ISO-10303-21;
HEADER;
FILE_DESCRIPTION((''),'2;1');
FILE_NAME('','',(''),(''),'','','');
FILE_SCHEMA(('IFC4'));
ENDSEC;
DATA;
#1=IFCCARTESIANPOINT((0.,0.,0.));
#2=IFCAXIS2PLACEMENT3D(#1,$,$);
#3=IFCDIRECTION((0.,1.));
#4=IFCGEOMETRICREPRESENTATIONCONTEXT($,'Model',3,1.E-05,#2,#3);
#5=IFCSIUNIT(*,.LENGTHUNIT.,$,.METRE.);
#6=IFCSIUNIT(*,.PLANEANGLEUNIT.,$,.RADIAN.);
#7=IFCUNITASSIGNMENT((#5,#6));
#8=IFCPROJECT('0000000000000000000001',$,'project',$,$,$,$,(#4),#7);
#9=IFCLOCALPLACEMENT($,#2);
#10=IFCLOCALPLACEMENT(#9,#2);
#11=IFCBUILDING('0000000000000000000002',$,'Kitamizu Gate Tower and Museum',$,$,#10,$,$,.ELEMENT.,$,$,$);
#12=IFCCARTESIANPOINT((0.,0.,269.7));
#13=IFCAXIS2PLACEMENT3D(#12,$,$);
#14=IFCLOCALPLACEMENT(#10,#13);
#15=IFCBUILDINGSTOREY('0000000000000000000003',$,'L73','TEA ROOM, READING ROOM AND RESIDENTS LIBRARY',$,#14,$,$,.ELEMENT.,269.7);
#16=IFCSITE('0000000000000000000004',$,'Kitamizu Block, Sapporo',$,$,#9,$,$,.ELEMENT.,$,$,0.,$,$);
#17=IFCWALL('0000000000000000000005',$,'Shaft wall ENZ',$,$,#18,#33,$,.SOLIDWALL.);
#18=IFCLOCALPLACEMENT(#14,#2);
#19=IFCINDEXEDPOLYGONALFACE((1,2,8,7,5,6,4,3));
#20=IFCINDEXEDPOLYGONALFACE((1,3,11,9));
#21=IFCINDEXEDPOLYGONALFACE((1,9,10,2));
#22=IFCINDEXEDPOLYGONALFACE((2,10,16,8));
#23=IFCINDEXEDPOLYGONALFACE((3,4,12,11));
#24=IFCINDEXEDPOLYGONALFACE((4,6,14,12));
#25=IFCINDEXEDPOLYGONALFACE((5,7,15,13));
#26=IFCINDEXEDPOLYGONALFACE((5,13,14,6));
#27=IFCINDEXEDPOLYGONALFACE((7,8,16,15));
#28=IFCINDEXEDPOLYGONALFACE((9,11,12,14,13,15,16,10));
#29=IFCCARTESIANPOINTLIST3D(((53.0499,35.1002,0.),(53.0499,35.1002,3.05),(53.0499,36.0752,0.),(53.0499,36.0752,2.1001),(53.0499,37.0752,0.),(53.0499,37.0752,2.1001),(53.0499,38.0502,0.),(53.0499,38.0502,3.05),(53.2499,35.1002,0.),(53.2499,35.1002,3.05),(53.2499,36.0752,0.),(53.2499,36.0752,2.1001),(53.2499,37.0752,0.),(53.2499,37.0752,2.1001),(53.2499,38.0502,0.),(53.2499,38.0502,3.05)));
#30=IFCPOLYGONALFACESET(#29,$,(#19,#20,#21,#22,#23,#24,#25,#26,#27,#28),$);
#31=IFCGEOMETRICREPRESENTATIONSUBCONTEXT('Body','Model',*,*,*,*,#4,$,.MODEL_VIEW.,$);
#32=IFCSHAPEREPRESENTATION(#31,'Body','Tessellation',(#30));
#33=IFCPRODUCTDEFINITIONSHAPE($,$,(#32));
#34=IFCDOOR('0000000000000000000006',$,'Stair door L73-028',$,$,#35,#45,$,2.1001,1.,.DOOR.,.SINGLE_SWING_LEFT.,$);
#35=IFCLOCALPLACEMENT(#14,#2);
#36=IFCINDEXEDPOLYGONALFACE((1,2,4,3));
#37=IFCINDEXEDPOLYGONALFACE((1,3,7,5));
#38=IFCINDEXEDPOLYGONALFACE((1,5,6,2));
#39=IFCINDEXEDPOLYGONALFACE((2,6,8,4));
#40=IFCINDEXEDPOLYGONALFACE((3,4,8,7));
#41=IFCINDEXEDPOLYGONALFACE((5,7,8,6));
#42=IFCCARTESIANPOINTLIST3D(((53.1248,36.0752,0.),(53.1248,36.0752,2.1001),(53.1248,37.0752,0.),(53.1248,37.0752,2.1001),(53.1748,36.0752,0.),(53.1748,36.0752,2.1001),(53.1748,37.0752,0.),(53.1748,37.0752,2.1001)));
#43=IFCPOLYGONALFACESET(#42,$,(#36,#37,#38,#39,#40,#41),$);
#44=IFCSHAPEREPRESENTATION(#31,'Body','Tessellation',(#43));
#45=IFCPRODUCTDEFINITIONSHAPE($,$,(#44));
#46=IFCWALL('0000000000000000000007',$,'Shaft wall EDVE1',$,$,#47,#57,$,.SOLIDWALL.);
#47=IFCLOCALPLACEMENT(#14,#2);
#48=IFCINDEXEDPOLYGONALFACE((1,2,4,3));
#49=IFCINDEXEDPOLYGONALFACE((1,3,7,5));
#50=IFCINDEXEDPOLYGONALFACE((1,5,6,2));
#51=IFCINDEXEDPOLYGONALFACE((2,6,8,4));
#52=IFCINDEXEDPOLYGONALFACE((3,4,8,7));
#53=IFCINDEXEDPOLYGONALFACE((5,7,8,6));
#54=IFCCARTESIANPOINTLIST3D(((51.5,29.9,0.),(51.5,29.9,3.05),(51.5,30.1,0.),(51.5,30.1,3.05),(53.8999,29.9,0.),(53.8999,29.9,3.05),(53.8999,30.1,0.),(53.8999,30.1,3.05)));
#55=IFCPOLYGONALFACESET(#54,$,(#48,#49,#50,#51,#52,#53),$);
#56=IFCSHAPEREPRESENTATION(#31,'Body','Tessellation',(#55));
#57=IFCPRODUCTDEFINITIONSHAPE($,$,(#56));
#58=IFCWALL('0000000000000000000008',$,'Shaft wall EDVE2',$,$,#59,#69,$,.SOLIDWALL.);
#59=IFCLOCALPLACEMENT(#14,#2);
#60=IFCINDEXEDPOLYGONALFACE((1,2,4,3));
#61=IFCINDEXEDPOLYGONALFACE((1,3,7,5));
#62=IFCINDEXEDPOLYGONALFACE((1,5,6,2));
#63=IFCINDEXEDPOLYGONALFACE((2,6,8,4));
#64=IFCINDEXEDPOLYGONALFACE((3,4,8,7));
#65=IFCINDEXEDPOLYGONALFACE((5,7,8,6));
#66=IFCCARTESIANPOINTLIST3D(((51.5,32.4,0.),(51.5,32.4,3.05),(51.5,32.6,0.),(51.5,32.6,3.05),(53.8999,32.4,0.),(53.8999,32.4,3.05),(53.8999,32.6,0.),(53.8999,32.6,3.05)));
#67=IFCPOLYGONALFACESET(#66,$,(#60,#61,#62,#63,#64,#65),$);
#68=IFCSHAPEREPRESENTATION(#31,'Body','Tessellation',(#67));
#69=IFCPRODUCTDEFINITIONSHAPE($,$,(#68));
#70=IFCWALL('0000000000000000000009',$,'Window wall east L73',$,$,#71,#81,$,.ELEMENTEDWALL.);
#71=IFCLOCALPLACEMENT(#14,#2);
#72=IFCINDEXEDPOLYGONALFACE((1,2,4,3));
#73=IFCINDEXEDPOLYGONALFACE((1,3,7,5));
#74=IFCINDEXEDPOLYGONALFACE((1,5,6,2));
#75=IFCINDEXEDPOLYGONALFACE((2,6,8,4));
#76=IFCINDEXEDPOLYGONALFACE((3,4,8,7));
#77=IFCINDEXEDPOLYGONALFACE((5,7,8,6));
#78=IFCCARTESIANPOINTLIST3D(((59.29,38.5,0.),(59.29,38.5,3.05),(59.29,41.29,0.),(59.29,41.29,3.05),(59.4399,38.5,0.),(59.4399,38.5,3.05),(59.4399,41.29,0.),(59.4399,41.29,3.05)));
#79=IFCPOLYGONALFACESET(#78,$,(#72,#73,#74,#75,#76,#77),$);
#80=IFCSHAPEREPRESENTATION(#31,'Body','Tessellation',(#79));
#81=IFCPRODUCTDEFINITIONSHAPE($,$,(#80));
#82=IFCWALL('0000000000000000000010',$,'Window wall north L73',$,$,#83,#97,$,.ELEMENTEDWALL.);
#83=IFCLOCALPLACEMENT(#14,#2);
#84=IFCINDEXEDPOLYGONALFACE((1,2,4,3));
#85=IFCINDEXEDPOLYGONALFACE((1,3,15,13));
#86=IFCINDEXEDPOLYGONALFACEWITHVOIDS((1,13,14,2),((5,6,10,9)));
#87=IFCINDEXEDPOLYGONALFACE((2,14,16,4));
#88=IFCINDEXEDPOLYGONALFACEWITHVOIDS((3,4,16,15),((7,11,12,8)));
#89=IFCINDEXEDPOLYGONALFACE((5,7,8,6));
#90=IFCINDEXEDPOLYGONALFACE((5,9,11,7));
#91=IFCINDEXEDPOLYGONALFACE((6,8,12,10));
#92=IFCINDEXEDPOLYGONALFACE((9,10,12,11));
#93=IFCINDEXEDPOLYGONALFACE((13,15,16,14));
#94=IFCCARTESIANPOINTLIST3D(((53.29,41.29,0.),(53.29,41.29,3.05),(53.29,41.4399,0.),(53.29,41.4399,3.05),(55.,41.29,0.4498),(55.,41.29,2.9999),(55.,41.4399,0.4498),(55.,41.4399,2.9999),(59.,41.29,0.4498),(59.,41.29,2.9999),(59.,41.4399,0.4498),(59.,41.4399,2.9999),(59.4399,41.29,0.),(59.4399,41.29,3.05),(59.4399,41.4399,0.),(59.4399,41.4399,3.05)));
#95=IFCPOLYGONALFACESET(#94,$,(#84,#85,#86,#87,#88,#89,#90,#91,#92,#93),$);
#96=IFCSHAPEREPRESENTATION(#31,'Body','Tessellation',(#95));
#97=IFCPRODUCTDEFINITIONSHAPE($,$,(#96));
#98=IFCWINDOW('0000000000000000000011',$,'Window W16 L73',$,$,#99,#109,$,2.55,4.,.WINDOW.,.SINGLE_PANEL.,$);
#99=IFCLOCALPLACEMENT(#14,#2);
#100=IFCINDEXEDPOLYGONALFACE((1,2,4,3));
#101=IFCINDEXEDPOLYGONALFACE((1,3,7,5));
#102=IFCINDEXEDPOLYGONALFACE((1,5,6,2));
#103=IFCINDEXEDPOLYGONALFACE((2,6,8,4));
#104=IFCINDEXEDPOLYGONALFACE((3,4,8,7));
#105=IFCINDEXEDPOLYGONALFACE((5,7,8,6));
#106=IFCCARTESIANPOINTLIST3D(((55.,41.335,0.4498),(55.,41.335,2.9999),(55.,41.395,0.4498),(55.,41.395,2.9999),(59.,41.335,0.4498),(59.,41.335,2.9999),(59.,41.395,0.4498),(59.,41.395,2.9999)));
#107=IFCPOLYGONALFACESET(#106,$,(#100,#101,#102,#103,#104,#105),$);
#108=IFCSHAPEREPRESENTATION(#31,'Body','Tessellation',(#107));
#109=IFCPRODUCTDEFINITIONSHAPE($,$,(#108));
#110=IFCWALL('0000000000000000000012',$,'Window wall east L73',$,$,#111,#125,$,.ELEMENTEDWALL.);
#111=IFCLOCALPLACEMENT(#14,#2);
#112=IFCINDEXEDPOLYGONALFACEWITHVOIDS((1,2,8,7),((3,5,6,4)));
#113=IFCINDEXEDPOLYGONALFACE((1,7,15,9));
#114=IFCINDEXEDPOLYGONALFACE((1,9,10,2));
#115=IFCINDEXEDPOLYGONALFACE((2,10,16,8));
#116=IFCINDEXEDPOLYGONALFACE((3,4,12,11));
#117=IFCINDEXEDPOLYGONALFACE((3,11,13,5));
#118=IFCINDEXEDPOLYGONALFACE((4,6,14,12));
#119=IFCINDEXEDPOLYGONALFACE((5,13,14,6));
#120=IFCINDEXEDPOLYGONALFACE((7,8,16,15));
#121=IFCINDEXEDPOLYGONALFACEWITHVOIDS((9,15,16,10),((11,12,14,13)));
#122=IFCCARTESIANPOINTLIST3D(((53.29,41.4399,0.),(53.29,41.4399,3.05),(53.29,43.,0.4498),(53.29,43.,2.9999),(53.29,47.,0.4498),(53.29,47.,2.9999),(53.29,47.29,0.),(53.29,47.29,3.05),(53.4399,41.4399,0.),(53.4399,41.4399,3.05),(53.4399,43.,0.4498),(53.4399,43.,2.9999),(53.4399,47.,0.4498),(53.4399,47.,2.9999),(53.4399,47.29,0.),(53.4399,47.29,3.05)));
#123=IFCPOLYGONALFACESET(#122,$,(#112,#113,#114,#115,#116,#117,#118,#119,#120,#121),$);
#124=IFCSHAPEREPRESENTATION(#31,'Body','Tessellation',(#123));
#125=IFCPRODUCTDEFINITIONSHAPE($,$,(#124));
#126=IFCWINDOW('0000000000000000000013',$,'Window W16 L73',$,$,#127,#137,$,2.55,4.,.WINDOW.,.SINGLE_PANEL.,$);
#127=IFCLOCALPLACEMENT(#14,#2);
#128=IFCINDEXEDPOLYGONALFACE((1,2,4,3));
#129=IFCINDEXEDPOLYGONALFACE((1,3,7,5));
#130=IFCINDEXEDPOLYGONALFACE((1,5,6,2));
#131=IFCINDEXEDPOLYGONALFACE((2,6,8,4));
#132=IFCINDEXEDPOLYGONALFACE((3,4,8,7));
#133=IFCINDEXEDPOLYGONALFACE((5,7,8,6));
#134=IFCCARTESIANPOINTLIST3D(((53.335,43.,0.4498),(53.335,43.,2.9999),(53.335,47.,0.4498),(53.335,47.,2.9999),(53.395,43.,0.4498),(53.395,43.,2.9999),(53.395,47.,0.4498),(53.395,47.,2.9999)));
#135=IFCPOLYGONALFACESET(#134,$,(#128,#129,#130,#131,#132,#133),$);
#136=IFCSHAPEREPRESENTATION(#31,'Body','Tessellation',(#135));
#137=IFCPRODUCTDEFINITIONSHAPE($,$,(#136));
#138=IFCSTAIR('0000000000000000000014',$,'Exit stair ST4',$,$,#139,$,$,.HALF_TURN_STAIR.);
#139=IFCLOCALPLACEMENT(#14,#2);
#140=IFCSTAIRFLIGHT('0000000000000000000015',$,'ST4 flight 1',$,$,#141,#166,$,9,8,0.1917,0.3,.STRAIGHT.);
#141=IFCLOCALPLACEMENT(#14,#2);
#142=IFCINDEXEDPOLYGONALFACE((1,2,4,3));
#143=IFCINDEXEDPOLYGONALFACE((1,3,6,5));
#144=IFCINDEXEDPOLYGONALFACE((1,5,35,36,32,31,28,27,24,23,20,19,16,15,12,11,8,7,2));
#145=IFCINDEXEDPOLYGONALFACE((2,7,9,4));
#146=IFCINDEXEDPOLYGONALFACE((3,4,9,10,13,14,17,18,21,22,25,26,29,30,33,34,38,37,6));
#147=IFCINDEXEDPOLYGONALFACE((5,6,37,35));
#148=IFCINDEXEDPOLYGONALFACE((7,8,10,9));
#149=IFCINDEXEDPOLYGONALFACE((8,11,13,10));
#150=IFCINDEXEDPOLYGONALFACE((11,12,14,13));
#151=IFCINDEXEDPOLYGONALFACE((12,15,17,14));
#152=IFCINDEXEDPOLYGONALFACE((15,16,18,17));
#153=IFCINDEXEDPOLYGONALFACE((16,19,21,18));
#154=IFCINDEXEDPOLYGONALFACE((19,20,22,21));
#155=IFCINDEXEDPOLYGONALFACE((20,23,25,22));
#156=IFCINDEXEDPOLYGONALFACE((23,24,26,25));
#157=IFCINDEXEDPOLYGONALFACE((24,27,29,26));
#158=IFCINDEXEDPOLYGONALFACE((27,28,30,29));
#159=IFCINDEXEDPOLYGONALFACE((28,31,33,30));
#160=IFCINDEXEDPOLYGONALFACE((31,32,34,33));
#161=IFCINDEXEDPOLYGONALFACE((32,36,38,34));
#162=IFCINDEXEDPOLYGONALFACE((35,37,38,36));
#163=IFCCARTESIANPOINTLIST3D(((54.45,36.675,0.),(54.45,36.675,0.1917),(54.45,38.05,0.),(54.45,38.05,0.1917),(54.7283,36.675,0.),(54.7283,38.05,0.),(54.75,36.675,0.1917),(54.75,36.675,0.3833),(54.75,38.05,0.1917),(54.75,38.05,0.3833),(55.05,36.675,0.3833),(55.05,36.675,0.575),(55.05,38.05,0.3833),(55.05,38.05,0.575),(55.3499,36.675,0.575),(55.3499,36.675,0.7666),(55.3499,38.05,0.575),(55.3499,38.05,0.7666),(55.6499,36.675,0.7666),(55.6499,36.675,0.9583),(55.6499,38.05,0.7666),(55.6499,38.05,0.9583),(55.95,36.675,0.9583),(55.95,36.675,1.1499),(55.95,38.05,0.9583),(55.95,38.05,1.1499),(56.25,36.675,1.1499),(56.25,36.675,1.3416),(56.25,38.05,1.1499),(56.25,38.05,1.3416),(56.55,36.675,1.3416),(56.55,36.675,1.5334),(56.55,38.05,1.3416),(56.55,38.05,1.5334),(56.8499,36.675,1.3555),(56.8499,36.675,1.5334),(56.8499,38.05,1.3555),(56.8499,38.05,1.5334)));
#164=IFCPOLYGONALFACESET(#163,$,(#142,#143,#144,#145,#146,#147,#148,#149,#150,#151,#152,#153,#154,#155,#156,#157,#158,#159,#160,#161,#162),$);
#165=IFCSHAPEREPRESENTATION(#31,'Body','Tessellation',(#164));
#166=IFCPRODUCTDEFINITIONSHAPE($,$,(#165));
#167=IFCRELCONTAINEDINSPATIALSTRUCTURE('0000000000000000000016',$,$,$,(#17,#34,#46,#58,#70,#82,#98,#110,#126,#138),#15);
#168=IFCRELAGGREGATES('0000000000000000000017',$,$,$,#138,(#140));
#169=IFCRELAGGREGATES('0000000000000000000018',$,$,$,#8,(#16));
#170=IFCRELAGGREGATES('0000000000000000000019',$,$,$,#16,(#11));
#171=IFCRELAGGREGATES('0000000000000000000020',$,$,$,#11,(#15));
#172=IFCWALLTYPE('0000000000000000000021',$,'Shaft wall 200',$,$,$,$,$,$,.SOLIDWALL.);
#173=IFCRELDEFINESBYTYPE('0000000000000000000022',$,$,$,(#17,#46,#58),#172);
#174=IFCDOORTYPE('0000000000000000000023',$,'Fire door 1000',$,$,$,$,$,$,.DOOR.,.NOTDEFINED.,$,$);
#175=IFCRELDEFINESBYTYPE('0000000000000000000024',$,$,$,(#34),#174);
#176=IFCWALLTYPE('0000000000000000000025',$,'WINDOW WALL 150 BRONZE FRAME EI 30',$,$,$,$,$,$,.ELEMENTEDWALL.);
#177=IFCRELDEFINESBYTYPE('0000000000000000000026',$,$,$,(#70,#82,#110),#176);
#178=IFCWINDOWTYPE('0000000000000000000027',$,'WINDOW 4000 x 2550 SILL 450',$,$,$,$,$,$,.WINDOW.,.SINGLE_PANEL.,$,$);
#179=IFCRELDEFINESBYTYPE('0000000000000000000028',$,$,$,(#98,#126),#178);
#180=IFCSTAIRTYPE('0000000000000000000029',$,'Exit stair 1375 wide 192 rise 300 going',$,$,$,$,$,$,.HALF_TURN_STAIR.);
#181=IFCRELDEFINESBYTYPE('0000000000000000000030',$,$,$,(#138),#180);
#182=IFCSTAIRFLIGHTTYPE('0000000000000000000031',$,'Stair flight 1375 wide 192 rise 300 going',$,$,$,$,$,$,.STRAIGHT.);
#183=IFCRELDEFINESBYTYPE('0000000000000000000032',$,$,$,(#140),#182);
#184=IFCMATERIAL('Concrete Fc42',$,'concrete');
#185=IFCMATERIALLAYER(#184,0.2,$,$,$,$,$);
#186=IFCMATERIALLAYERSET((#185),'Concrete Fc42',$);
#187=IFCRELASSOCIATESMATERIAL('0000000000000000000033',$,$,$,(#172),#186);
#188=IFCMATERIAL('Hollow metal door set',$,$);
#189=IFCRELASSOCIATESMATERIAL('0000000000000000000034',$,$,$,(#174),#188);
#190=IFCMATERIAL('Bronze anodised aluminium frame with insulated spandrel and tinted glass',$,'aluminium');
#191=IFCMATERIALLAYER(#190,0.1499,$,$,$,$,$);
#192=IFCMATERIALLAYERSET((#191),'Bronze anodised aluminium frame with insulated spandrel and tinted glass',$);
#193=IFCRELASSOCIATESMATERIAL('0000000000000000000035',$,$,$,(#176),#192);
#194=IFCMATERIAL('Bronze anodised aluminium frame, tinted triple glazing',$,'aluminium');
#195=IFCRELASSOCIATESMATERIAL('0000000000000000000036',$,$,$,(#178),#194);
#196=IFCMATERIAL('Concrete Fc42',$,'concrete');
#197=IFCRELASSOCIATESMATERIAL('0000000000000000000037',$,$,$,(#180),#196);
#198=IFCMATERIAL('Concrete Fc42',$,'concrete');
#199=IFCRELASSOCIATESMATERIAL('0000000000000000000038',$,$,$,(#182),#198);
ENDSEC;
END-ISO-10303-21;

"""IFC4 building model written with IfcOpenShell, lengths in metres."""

from ifc_helpers import new_model, si_unit, direction, frame, frame_2d, origin, place, context, subcontext, project, spatial, polyline, rectangle, outline, extrude, material, layer, layer_set, type_object, element, fill, aggregate, save


model = new_model("IFC4")

# Units and contexts
model_context = context("Model", 3, precision=1e-05, world=origin(), true_north=direction((0.0, 1.0)))
body_context = subcontext(model_context, "Body", "Model", "MODEL_VIEW")
ifc_project = project(units=[si_unit("LENGTHUNIT", "METRE"), si_unit("PLANEANGLEUNIT", "RADIAN")], contexts=[model_context])

# Site, building, storey
site_placement = place(None, origin())
site = spatial("IfcSite", under=ifc_project, at=site_placement, Name="Kitamizu Block, Sapporo", CompositionType="ELEMENT", RefElevation=0.0)
building_placement = place(site_placement, origin())
building = spatial("IfcBuilding", under=site, at=building_placement, Name="Kitamizu Gate Tower and Museum", CompositionType="ELEMENT")
storey_placement = place(building_placement, frame((0.0, 0.0, 269.7)))
storey = spatial("IfcBuildingStorey", under=building, at=storey_placement, Name="L73", Description="TEA ROOM, READING ROOM AND RESIDENTS LIBRARY", CompositionType="ELEMENT", Elevation=269.7)

# Shared definitions
ifc_material_1 = material(Name="Concrete Fc42", Category="concrete")
ifc_layer_1 = layer(ifc_material_1, 0.2)
ifc_layer_set_1 = layer_set([ifc_layer_1], Name="Concrete Fc42")
wall_type_1 = type_object("IfcWallType", Name="Shaft wall 200", PredefinedType="SOLIDWALL", material=ifc_layer_set_1)

# Wall, opening, door
wall_1_placement = place(storey_placement, frame((53.1499, 35.1001, 0.0), z_axis=(0.0, 0.0, 1.0), x_axis=(0.0, 1.0, 0.0)))
wall_1 = element("IfcWall", 1, at=wall_1_placement, inside=storey, type_object=wall_type_1, Name="Shaft wall ENZ", PredefinedType="SOLIDWALL", context=body_context, shape_type="SweptSolid", body=[
    extrude(rectangle(XDim=2.95, YDim=0.2, at=frame_2d((1.4751, 0.0))), origin(), (0.0, 0.0, 1.0), 3.05),
])
opening_1_placement = place(wall_1_placement, frame((0.9751, 0.0, 0.0)))
opening_1 = element("IfcOpeningElement", 2, at=opening_1_placement, cuts=wall_1, PredefinedType="OPENING", context=body_context, shape_type="SweptSolid", body=[
    extrude(rectangle(XDim=1.0, YDim=2.1001, at=frame_2d((0.5, 1.05))), frame((0.0, 0.1099, 0.0), z_axis=(0.0, -1.0, 0.0), x_axis=(1.0, 0.0, 0.0)), (0.0, 0.0, 1.0), 0.22),
])
ifc_material_2 = material(Name="Hollow metal door set")
door_type_1 = type_object("IfcDoorType", Name="Fire door 1000", OperationType="NOTDEFINED", PredefinedType="DOOR", material=ifc_material_2)
door_1_placement = place(opening_1_placement, frame((1.0, 0.0, 0.0), x_axis=(-1.0, 0.0, 0.0)))
door_1 = element("IfcDoor", 3, at=door_1_placement, inside=storey, type_object=door_type_1, Name="Stair door L73-028", OperationType="SINGLE_SWING_LEFT", OverallHeight=2.1001, OverallWidth=1.0, PredefinedType="DOOR", context=body_context, shape_type="SweptSolid", body=[
    extrude(rectangle(XDim=1.0, YDim=2.1001, at=frame_2d((0.5, 1.05))), frame((0.0, 0.0249, 0.0), z_axis=(0.0, -1.0, 0.0), x_axis=(1.0, 0.0, 0.0)), (0.0, 0.0, 1.0), 0.05),
])
fill(opening_1, door_1)

# Walls
for number, where, z_axis, x_axis, name in (
    (4, (53.8999, 30.0, 0.0), (0.0, 0.0, 1.0), (-1.0, 0.0, 0.0), "Shaft wall EDVE1"),
    (5, (53.8999, 32.5, 0.0), (0.0, 0.0, 1.0), (-1.0, 0.0, 0.0), "Shaft wall EDVE2"),
):
    element("IfcWall", number, at=place(storey_placement, frame(where, z_axis=z_axis, x_axis=x_axis)), inside=storey, type_object=wall_type_1, Name=name, PredefinedType="SOLIDWALL", context=body_context, shape_type="SweptSolid", body=[
        extrude(rectangle(XDim=2.3999, YDim=0.2, at=frame_2d((1.2, 0.0))), origin(), (0.0, 0.0, 1.0), 3.05),
    ])
ifc_material_3 = material(Name="Bronze anodised aluminium frame with insulated spandrel and tinted glass", Category="aluminium")
ifc_layer_2 = layer(ifc_material_3, 0.1499)
ifc_layer_set_2 = layer_set([ifc_layer_2], Name="Bronze anodised aluminium frame with insulated spandrel and tinted glass")
wall_type_2 = type_object("IfcWallType", Name="WINDOW WALL 150 BRONZE FRAME EI 30", PredefinedType="ELEMENTEDWALL", material=ifc_layer_set_2)
wall_2_placement = place(storey_placement, frame((59.365, 38.5, 0.0), z_axis=(0.0, 0.0, 1.0), x_axis=(0.0, 1.0, 0.0)))
element("IfcWall", 6, at=wall_2_placement, inside=storey, type_object=wall_type_2, Name="Window wall east L73", PredefinedType="ELEMENTEDWALL", context=body_context, shape_type="SweptSolid", body=[
    extrude(rectangle(XDim=2.79, YDim=0.1499, at=frame_2d((1.395, 0.0))), origin(), (0.0, 0.0, 1.0), 3.05),
])

# Walls, openings, windows
wall_3_placement = place(storey_placement, frame((53.29, 41.365, 0.0), z_axis=(0.0, 0.0, 1.0), x_axis=(1.0, 0.0, 0.0)))
wall_3 = element("IfcWall", 7, at=wall_3_placement, inside=storey, type_object=wall_type_2, Name="Window wall north L73", PredefinedType="ELEMENTEDWALL", context=body_context, shape_type="SweptSolid", body=[
    extrude(rectangle(XDim=6.1499, YDim=0.1499, at=frame_2d((3.075, 0.0))), origin(), (0.0, 0.0, 1.0), 3.05),
])
opening_2_placement = place(wall_3_placement, frame((1.71, 0.0, 0.45)))
opening_2 = element("IfcOpeningElement", 8, at=opening_2_placement, cuts=wall_3, PredefinedType="OPENING", context=body_context, shape_type="SweptSolid", body=[
    extrude(rectangle(XDim=4.0, YDim=2.55, at=frame_2d((2.0, 1.2749))), frame((0.0, 0.085, 0.0), z_axis=(0.0, -1.0, 0.0), x_axis=(1.0, 0.0, 0.0)), (0.0, 0.0, 1.0), 0.1699),
])
ifc_material_4 = material(Name="Bronze anodised aluminium frame, tinted triple glazing", Category="aluminium")
window_type = type_object("IfcWindowType", Name="WINDOW 4000 x 2550 SILL 450", PartitioningType="SINGLE_PANEL", PredefinedType="WINDOW", material=ifc_material_4)
window_1_placement = place(opening_2_placement, origin())
window_1 = element("IfcWindow", 9, at=window_1_placement, inside=storey, type_object=window_type, Name="Window W16 L73", OverallHeight=2.55, OverallWidth=4.0, PartitioningType="SINGLE_PANEL", PredefinedType="WINDOW", context=body_context, shape_type="SweptSolid", body=[
    extrude(rectangle(XDim=4.0, YDim=2.55, at=frame_2d((2.0, 1.2749))), frame((0.0, 0.03, 0.0), z_axis=(0.0, -1.0, 0.0), x_axis=(1.0, 0.0, 0.0)), (0.0, 0.0, 1.0), 0.0601),
])
fill(opening_2, window_1)
wall_4_placement = place(storey_placement, frame((53.365, 41.4399, 0.0), z_axis=(0.0, 0.0, 1.0), x_axis=(0.0, 1.0, 0.0)))
wall_4 = element("IfcWall", 10, at=wall_4_placement, inside=storey, type_object=wall_type_2, Name="Window wall east L73", PredefinedType="ELEMENTEDWALL", context=body_context, shape_type="SweptSolid", body=[
    extrude(rectangle(XDim=5.8501, YDim=0.1499, at=frame_2d((2.925, 0.0))), origin(), (0.0, 0.0, 1.0), 3.05),
])
opening_3_placement = place(wall_4_placement, frame((1.5601, 0.0, 0.45)))
opening_3 = element("IfcOpeningElement", 11, at=opening_3_placement, cuts=wall_4, PredefinedType="OPENING", context=body_context, shape_type="SweptSolid", body=[
    extrude(rectangle(XDim=4.0, YDim=2.55, at=frame_2d((2.0, 1.2749))), frame((0.0, 0.085, 0.0), z_axis=(0.0, -1.0, 0.0), x_axis=(1.0, 0.0, 0.0)), (0.0, 0.0, 1.0), 0.1699),
])
window_2_placement = place(opening_3_placement, origin())
window_2 = element("IfcWindow", 12, at=window_2_placement, inside=storey, type_object=window_type, Name="Window W16 L73", OverallHeight=2.55, OverallWidth=4.0, PartitioningType="SINGLE_PANEL", PredefinedType="WINDOW", context=body_context, shape_type="SweptSolid", body=[
    extrude(rectangle(XDim=4.0, YDim=2.55, at=frame_2d((2.0, 1.2749))), frame((0.0, 0.03, 0.0), z_axis=(0.0, -1.0, 0.0), x_axis=(1.0, 0.0, 0.0)), (0.0, 0.0, 1.0), 0.0601),
])
fill(opening_3, window_2)

# Stair, stair flight
ifc_material_5 = material(Name="Concrete Fc42", Category="concrete")
stair_type = type_object("IfcStairType", Name="Exit stair 1375 wide 192 rise 300 going", PredefinedType="HALF_TURN_STAIR", material=ifc_material_5)
stair_placement = place(storey_placement, origin())
stair = element("IfcStair", 13, at=stair_placement, inside=storey, type_object=stair_type, Name="Exit stair ST4", PredefinedType="HALF_TURN_STAIR")
ifc_material_6 = material(Name="Concrete Fc42", Category="concrete")
stair_flight_type = type_object("IfcStairFlightType", Name="Stair flight 1375 wide 192 rise 300 going", PredefinedType="STRAIGHT", material=ifc_material_6)
stair_flight_1_placement = place(storey_placement, frame((54.45, 37.3625, 0.0), z_axis=(0.0, 0.0, 1.0), x_axis=(1.0, 0.0, 0.0)))
stair_flight_1 = element("IfcStairFlight", 14, at=stair_flight_1_placement, type_object=stair_flight_type, Name="ST4 flight 1", NumberOfRisers=9, NumberOfTreads=8, PredefinedType="STRAIGHT", RiserHeight=0.1917, TreadLength=0.3, context=body_context, shape_type="SweptSolid", body=[
    extrude(outline(polyline([(0.0, 0.0), (0.0, 0.1917), (0.3, 0.1917), (0.3, 0.3833), (0.6001, 0.3833), (0.6001, 0.575), (0.8999, 0.575), (0.8999, 0.7666), (1.2, 0.7666), (1.2, 0.9583), (1.5, 0.9583), (1.5, 1.1499), (1.8, 1.1499), (1.8, 1.3416), (2.1001, 1.3416), (2.1001, 1.5334), (2.3999, 1.5334), (2.3999, 1.7251), (2.3999, 1.3555), (0.2783, 0.0), (0.0, 0.0)])), frame((0.0, 0.6875, 0.0), z_axis=(0.0, -1.0, 0.0), x_axis=(1.0, 0.0, 0.0)), (0.0, 0.0, 1.0), 1.375),
])
aggregate(stair, [stair_flight_1])

save(model, "model.ifc")
